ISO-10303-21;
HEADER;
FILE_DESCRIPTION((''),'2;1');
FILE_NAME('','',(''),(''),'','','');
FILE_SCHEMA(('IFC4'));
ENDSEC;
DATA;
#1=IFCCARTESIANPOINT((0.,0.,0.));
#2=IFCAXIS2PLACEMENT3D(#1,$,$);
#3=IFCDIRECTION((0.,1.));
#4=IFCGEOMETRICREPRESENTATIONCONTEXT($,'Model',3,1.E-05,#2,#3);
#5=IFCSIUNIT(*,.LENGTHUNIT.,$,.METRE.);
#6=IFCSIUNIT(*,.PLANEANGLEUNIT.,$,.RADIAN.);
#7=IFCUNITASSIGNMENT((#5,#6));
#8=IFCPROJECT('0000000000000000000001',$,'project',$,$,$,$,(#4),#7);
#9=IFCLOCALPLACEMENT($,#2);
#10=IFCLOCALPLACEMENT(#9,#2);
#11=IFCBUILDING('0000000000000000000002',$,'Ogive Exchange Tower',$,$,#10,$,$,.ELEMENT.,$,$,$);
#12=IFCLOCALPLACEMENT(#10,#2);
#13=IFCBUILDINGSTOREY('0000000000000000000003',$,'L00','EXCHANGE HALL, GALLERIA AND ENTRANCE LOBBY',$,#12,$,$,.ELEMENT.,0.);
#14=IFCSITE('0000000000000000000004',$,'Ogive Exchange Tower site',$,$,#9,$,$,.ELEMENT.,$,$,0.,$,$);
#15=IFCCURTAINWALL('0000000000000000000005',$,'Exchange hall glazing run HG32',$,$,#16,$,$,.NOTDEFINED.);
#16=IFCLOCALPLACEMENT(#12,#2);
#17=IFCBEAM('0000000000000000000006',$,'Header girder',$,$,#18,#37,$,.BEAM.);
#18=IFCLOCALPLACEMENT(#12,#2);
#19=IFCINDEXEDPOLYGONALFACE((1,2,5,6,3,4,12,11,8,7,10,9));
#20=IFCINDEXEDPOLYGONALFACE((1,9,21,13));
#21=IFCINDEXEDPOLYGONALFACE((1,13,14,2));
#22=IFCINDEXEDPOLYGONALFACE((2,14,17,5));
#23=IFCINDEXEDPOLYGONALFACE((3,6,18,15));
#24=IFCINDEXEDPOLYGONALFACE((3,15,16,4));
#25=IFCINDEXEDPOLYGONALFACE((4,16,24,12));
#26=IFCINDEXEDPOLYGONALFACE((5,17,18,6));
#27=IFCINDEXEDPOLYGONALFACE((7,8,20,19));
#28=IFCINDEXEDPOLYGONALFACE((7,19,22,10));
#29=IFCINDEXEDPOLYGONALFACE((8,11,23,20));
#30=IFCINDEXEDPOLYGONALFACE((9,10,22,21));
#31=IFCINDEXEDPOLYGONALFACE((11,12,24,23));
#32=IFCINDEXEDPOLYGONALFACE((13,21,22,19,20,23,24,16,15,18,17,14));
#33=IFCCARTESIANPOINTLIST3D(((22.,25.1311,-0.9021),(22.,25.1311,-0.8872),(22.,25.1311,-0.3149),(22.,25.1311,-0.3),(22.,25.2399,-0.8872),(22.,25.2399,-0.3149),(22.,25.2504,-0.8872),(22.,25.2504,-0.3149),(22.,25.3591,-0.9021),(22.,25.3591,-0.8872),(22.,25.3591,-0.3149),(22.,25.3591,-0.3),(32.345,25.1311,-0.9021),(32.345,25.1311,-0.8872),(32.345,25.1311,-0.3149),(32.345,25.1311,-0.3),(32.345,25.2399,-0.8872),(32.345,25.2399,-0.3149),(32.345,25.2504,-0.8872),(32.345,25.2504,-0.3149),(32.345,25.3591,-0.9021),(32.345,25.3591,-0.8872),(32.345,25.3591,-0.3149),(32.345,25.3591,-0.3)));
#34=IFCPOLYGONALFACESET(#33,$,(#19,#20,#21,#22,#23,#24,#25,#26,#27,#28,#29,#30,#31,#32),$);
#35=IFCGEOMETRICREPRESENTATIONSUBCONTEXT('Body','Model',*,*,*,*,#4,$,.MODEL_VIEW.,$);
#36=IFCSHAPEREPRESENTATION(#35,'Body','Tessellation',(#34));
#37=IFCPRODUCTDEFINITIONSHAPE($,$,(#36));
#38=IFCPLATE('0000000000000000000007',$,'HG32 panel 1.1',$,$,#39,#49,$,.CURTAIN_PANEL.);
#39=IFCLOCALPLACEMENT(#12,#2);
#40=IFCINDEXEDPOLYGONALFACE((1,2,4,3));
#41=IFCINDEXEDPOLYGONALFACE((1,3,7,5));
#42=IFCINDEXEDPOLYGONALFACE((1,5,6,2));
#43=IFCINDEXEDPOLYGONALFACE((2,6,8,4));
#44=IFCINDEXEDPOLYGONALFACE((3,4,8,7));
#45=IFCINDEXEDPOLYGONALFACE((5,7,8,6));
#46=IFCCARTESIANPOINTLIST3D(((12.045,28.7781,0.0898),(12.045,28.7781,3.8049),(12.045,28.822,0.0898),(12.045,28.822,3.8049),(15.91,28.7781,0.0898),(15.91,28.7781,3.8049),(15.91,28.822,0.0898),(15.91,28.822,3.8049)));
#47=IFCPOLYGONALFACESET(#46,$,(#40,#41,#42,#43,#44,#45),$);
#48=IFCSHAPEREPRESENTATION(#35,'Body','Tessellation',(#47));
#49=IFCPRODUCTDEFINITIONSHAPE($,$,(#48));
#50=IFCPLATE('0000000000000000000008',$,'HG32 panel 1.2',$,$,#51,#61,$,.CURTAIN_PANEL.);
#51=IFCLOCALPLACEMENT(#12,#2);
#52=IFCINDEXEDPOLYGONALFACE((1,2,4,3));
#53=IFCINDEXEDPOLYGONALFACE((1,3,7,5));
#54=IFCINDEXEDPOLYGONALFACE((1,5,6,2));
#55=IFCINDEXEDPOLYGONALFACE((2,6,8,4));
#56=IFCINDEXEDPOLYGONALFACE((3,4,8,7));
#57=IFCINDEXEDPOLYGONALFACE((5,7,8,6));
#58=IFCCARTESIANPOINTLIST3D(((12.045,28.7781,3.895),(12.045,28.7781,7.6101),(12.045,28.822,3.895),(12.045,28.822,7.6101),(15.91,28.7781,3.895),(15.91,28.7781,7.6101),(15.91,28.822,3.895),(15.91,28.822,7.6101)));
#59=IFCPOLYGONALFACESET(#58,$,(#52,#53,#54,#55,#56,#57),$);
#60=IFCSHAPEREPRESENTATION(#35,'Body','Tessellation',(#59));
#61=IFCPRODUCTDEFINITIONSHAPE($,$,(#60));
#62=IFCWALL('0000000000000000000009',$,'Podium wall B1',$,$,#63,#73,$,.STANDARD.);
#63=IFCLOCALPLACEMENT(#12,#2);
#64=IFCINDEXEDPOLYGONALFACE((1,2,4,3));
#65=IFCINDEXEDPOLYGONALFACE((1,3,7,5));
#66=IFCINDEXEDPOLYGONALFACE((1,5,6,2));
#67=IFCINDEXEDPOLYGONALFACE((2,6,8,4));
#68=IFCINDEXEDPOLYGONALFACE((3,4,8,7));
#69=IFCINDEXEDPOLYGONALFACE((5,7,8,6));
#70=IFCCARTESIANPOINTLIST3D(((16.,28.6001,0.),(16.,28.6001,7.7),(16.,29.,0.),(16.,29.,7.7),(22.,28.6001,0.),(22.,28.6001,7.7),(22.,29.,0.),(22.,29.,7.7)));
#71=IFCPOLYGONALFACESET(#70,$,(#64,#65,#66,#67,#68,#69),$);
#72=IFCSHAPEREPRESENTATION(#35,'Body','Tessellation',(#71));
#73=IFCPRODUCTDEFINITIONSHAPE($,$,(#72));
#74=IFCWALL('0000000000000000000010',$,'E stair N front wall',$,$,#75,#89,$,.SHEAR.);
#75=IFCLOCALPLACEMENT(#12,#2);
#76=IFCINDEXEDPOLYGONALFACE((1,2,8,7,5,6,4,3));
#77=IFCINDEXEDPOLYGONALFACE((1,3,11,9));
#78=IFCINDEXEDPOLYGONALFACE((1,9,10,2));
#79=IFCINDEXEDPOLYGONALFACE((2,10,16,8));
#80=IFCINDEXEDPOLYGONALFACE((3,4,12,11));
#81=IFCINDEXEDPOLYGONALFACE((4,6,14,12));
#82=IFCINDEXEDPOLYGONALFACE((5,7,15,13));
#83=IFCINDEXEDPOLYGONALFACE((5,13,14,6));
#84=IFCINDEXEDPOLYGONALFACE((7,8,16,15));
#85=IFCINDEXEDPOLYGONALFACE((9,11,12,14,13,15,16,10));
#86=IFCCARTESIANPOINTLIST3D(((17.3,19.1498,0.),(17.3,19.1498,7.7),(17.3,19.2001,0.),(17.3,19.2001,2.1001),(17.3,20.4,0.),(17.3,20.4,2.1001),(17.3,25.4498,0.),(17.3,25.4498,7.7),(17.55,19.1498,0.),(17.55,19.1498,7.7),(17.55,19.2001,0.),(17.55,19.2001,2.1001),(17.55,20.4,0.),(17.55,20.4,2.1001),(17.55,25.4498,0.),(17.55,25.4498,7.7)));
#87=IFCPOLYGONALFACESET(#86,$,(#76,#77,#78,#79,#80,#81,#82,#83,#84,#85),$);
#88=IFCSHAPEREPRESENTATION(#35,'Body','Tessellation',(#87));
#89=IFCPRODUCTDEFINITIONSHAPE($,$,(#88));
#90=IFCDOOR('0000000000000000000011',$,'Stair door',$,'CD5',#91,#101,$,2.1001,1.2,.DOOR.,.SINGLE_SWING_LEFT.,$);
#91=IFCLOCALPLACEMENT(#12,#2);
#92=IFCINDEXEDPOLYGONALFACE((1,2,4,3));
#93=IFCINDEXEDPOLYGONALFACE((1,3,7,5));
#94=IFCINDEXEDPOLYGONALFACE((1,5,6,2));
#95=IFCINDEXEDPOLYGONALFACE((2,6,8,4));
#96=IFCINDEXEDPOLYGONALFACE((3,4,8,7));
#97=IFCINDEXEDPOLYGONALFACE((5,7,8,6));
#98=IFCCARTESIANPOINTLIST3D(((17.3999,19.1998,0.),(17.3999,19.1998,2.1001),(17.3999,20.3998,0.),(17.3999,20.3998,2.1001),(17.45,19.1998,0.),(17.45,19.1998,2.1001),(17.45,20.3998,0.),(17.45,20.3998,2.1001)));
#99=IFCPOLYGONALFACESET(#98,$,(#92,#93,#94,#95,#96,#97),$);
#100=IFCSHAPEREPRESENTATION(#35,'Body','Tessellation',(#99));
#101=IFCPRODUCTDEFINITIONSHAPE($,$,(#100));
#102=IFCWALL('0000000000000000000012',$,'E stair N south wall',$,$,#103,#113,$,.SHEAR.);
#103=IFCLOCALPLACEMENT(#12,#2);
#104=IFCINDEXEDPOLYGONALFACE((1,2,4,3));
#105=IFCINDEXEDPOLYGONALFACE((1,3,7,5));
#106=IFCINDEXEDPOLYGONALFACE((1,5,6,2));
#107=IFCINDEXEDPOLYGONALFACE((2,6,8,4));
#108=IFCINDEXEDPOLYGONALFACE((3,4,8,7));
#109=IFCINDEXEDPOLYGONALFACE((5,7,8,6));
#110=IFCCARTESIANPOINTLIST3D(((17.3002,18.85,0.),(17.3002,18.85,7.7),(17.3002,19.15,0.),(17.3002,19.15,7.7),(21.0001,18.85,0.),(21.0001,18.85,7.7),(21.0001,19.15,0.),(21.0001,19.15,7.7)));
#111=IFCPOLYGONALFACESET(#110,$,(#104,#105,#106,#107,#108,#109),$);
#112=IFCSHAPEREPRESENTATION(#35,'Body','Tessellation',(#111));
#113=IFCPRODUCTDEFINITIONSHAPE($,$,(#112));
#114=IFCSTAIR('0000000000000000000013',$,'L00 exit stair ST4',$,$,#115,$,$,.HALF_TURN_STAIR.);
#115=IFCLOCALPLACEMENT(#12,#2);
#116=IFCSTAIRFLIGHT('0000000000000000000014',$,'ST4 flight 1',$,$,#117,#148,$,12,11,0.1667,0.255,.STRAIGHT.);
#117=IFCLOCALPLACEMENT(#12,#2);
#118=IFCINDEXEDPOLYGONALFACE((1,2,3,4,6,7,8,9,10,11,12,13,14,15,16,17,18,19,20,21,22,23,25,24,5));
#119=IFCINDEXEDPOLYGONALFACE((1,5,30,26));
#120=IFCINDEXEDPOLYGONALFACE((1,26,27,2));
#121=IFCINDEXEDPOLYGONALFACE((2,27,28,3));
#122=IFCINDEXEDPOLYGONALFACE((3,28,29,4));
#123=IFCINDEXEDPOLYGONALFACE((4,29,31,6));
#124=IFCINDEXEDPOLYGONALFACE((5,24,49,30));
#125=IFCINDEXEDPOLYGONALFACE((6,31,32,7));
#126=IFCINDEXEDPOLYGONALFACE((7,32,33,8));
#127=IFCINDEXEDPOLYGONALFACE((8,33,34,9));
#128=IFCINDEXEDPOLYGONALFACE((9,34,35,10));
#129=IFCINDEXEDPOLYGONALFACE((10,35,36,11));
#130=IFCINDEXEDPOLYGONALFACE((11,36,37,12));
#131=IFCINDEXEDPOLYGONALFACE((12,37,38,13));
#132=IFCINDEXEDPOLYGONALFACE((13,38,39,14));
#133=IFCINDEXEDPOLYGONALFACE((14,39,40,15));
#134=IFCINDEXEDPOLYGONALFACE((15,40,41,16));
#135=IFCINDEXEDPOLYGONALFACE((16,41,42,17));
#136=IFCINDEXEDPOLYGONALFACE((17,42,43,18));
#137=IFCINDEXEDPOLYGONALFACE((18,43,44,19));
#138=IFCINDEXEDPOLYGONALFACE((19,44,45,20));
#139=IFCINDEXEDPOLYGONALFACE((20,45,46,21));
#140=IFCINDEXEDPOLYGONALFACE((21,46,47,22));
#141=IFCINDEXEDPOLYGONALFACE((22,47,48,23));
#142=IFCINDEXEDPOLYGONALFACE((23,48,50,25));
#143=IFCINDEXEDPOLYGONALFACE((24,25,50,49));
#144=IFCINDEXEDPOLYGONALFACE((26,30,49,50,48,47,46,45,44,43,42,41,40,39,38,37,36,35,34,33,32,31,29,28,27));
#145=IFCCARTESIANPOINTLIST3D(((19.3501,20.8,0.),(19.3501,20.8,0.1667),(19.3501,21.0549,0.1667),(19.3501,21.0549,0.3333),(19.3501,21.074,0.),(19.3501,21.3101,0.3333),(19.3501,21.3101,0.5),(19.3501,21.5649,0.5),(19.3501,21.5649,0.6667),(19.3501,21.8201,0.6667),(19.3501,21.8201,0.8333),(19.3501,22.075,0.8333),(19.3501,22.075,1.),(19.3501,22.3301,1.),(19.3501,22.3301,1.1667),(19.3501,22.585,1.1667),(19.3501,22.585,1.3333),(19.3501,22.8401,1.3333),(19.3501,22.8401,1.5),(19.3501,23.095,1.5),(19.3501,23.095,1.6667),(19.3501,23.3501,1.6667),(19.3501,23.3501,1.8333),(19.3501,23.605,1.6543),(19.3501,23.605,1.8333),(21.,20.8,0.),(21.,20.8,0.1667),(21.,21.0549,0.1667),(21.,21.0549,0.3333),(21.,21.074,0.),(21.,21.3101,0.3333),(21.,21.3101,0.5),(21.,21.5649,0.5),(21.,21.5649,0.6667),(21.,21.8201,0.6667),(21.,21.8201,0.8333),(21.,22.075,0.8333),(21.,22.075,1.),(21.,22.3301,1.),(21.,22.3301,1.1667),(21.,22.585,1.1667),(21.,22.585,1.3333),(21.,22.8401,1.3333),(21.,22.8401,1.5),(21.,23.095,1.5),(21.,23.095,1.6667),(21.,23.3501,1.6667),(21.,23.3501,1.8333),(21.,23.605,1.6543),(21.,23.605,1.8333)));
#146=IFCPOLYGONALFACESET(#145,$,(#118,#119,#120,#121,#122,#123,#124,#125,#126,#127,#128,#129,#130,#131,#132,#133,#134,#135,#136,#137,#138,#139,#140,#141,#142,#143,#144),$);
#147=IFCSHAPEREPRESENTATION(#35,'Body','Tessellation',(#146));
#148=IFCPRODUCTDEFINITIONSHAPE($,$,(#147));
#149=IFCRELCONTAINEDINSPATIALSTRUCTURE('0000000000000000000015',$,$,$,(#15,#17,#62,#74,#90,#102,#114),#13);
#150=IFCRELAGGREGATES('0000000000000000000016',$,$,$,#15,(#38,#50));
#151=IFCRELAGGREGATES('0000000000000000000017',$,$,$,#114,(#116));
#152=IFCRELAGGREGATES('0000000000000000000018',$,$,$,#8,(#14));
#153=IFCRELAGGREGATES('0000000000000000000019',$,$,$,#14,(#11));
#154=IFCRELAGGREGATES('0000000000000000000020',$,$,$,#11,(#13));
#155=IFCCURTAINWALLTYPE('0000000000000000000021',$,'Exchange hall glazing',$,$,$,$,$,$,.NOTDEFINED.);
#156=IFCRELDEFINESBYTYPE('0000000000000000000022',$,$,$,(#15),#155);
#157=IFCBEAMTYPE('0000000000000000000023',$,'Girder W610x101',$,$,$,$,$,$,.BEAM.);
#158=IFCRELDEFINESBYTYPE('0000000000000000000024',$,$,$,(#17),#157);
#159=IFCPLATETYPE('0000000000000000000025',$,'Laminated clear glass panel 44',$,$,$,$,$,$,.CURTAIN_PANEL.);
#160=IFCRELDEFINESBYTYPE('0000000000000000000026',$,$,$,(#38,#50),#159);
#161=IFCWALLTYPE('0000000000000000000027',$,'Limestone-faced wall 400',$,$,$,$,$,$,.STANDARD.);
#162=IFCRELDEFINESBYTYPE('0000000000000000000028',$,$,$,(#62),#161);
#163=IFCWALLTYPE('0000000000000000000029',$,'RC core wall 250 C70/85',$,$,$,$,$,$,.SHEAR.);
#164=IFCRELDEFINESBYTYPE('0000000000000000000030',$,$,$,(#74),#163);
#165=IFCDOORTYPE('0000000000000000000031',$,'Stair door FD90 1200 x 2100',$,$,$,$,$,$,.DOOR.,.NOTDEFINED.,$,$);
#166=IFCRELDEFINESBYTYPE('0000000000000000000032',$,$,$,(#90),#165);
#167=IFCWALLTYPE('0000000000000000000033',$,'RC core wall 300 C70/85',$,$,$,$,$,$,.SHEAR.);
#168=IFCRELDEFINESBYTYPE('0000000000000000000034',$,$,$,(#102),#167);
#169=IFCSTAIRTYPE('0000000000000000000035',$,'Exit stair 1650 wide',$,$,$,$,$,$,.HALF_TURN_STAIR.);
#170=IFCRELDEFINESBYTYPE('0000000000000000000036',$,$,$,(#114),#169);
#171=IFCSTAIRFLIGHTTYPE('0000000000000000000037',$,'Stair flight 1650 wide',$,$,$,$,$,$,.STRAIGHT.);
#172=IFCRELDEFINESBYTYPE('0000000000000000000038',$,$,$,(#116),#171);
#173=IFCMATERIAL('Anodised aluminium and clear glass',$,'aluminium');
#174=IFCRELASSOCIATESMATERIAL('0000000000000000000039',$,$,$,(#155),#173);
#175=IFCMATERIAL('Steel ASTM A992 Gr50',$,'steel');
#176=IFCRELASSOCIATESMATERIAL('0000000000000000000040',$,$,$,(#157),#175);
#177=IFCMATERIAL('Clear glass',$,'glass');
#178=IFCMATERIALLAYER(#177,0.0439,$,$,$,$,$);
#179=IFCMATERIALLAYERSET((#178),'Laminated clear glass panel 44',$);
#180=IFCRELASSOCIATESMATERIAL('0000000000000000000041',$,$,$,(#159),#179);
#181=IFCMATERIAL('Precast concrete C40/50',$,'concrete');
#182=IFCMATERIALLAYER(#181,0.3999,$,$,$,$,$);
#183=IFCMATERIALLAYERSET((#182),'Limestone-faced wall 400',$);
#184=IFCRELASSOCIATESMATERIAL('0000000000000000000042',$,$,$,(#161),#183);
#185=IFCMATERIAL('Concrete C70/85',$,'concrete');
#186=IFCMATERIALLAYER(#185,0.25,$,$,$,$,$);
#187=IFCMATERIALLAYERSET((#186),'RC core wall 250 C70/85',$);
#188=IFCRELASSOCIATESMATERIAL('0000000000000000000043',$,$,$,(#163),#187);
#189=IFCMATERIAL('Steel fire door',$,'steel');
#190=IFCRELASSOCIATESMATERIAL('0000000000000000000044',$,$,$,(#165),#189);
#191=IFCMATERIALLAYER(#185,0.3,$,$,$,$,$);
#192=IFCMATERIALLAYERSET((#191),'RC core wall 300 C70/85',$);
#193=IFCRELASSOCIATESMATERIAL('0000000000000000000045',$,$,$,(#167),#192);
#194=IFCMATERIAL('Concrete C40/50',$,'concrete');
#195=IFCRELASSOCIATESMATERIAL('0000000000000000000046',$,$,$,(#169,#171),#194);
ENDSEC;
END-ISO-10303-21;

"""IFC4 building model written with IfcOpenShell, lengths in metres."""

from ifc_helpers import new_model, si_unit, direction, frame, frame_2d, origin, origin_2d, place, context, subcontext, project, spatial, polyline, rectangle, i_section, outline, extrude, material, layer, layer_set, material_profile, profile_set, type_object, element, fill, aggregate, save


model = new_model("IFC4")

# Units and contexts
model_context = context("Model", 3, precision=1e-05, world=origin(), true_north=direction((0.0, 1.0)))
body_context = subcontext(model_context, "Body", "Model", "MODEL_VIEW")
ifc_project = project(units=[si_unit("LENGTHUNIT", "METRE"), si_unit("PLANEANGLEUNIT", "RADIAN")], contexts=[model_context])

# Site, building, storey
site_placement = place(None, origin())
site = spatial("IfcSite", under=ifc_project, at=site_placement, Name="Ogive Exchange Tower site", CompositionType="ELEMENT", RefElevation=0.0)
building_placement = place(site_placement, origin())
building = spatial("IfcBuilding", under=site, at=building_placement, Name="Ogive Exchange Tower", CompositionType="ELEMENT")
storey_placement = place(building_placement, origin())
storey = spatial("IfcBuildingStorey", under=building, at=storey_placement, Name="L00", Description="EXCHANGE HALL, GALLERIA AND ENTRANCE LOBBY", CompositionType="ELEMENT", Elevation=0.0)

# Shared definitions
ifc_material_1 = material(Name="Concrete C70/85", Category="concrete")

# Curtain wall
ifc_material_2 = material(Name="Anodised aluminium and clear glass", Category="aluminium")
curtain_wall_type = type_object("IfcCurtainWallType", Name="Exchange hall glazing", PredefinedType="NOTDEFINED", material=ifc_material_2)
curtain_wall_placement = place(storey_placement, origin())
curtain_wall = element("IfcCurtainWall", 1, at=curtain_wall_placement, inside=storey, type_object=curtain_wall_type, Name="Exchange hall glazing run HG32", PredefinedType="NOTDEFINED")

# Beam
ifc_material_3 = material(Name="Steel ASTM A992 Gr50", Category="steel")
ifc_material_profile_1 = material_profile(ifc_material_3, i_section(OverallWidth=0.228, OverallDepth=0.6021, WebThickness=0.0105, FlangeThickness=0.0149, at=origin_2d()), Name="W610x101")
ifc_profile_set_1 = profile_set([ifc_material_profile_1], Name="Steel ASTM A992 Gr50")
beam_type_1 = type_object("IfcBeamType", Name="Girder W610x101", PredefinedType="BEAM", material=ifc_profile_set_1)
beam_1_placement = place(storey_placement, frame((22.0, 25.2451, -0.6011), z_axis=(1.0, 0.0, 0.0), x_axis=(0.0, 1.0, 0.0)))
element("IfcBeam", 2, at=beam_1_placement, inside=storey, type_object=beam_type_1, Name="Header girder", PredefinedType="BEAM", context=body_context, shape_type="SweptSolid", body=[
    extrude(i_section(OverallWidth=0.228, OverallDepth=0.6021, WebThickness=0.0105, FlangeThickness=0.0149, at=origin_2d()), origin(), (0.0, 0.0, 1.0), 10.345),
])

# Plates
ifc_material_4 = material(Name="Clear glass", Category="glass")
ifc_layer_1 = layer(ifc_material_4, 0.0439)
ifc_layer_set_1 = layer_set([ifc_layer_1], Name="Laminated clear glass panel 44")
plate_type = type_object("IfcPlateType", Name="Laminated clear glass panel 44", PredefinedType="CURTAIN_PANEL", material=ifc_layer_set_1)
plate_1_placement = place(storey_placement, frame((13.9775, 28.8, 0.0898), z_axis=(0.0, 0.0, 1.0), x_axis=(-1.0, 0.0, 0.0)))
plate_1 = element("IfcPlate", 3, at=plate_1_placement, type_object=plate_type, Name="HG32 panel 1.1", PredefinedType="CURTAIN_PANEL", context=body_context, shape_type="SweptSolid", body=[
    extrude(rectangle(XDim=3.865, YDim=0.0439, at=origin_2d()), origin(), (0.0, 0.0, 1.0), 3.7151),
])
plate_2_placement = place(storey_placement, frame((13.9775, 28.8, 3.895), z_axis=(0.0, 0.0, 1.0), x_axis=(-1.0, 0.0, 0.0)))
plate_2 = element("IfcPlate", 4, at=plate_2_placement, type_object=plate_type, Name="HG32 panel 1.2", PredefinedType="CURTAIN_PANEL", context=body_context, shape_type="SweptSolid", body=[
    extrude(rectangle(XDim=3.865, YDim=0.0439, at=origin_2d()), origin(), (0.0, 0.0, 1.0), 3.7151),
])
aggregate(curtain_wall, [plate_1, plate_2])

# Wall
ifc_material_5 = material(Name="Precast concrete C40/50", Category="concrete")
ifc_layer_2 = layer(ifc_material_5, 0.3999)
ifc_layer_set_2 = layer_set([ifc_layer_2], Name="Limestone-faced wall 400")
wall_type_1 = type_object("IfcWallType", Name="Limestone-faced wall 400", PredefinedType="STANDARD", material=ifc_layer_set_2)
wall_1_placement = place(storey_placement, frame((22.0, 28.8, 0.0), z_axis=(0.0, 0.0, 1.0), x_axis=(-1.0, 0.0, 0.0)))
element("IfcWall", 5, at=wall_1_placement, inside=storey, type_object=wall_type_1, Name="Podium wall B1", PredefinedType="STANDARD", context=body_context, shape_type="SweptSolid", body=[
    extrude(rectangle(XDim=6.0, YDim=0.3999, at=frame_2d((3.0, 0.0))), origin(), (0.0, 0.0, 1.0), 7.7),
])

# Wall, opening, door
ifc_layer_3 = layer(ifc_material_1, 0.25)
ifc_layer_set_3 = layer_set([ifc_layer_3], Name="RC core wall 250 C70/85")
wall_type_2 = type_object("IfcWallType", Name="RC core wall 250 C70/85", PredefinedType="SHEAR", material=ifc_layer_set_3)
wall_2_placement = place(storey_placement, frame((17.425, 19.1499, 0.0), z_axis=(0.0, 0.0, 1.0), x_axis=(0.0, 1.0, 0.0)))
wall_2 = element("IfcWall", 6, at=wall_2_placement, inside=storey, type_object=wall_type_2, Name="E stair N front wall", PredefinedType="SHEAR", context=body_context, shape_type="SweptSolid", body=[
    extrude(rectangle(XDim=6.3, YDim=0.25, at=frame_2d((3.1499, 0.0))), origin(), (0.0, 0.0, 1.0), 7.7),
])
opening_placement = place(wall_2_placement, frame((0.05, 0.0, 0.0)))
opening = element("IfcOpeningElement", 7, at=opening_placement, cuts=wall_2, PredefinedType="OPENING", context=body_context, shape_type="SweptSolid", body=[
    extrude(rectangle(XDim=1.2, YDim=2.1001, at=frame_2d((0.6001, 1.05))), frame((0.0, 0.135, 0.0), z_axis=(0.0, -1.0, 0.0), x_axis=(1.0, 0.0, 0.0)), (0.0, 0.0, 1.0), 0.27),
])
ifc_material_6 = material(Name="Steel fire door", Category="steel")
door_type = type_object("IfcDoorType", Name="Stair door FD90 1200 x 2100", OperationType="NOTDEFINED", PredefinedType="DOOR", material=ifc_material_6)
door_placement = place(opening_placement, frame((1.2, 0.0, 0.0), z_axis=(0.0, 0.0, 1.0), x_axis=(-1.0, 0.0, 0.0)))
door = element("IfcDoor", 8, at=door_placement, inside=storey, type_object=door_type, Name="Stair door", ObjectType="CD5", OperationType="SINGLE_SWING_LEFT", OverallHeight=2.1001, OverallWidth=1.2, PredefinedType="DOOR", context=body_context, shape_type="SweptSolid", body=[
    extrude(rectangle(XDim=1.2, YDim=2.1001, at=frame_2d((0.6001, 1.05))), frame((0.0, 0.0249, 0.0), z_axis=(0.0, -1.0, 0.0), x_axis=(1.0, 0.0, 0.0)), (0.0, 0.0, 1.0), 0.05),
])
fill(opening, door)

# Wall
ifc_layer_4 = layer(ifc_material_1, 0.3)
ifc_layer_set_4 = layer_set([ifc_layer_4], Name="RC core wall 300 C70/85")
wall_type_3 = type_object("IfcWallType", Name="RC core wall 300 C70/85", PredefinedType="SHEAR", material=ifc_layer_set_4)
wall_3_placement = place(storey_placement, frame((17.3, 19.0, 0.0), z_axis=(0.0, 0.0, 1.0), x_axis=(1.0, 0.0, 0.0)))
element("IfcWall", 9, at=wall_3_placement, inside=storey, type_object=wall_type_3, Name="E stair N south wall", PredefinedType="SHEAR", context=body_context, shape_type="SweptSolid", body=[
    extrude(rectangle(XDim=3.7, YDim=0.3, at=frame_2d((1.8501, 0.0))), origin(), (0.0, 0.0, 1.0), 7.7),
])

# Stair, stair flight
ifc_material_7 = material(Name="Concrete C40/50", Category="concrete")
stair_type = type_object("IfcStairType", Name="Exit stair 1650 wide", PredefinedType="HALF_TURN_STAIR", material=ifc_material_7)
stair_placement = place(storey_placement, origin())
stair = element("IfcStair", 10, at=stair_placement, inside=storey, type_object=stair_type, Name="L00 exit stair ST4", PredefinedType="HALF_TURN_STAIR")
stair_flight_type = type_object("IfcStairFlightType", Name="Stair flight 1650 wide", PredefinedType="STRAIGHT", material=ifc_material_7)
stair_flight_1_placement = place(storey_placement, frame((20.175, 20.8, 0.0), z_axis=(0.0, 0.0, 1.0), x_axis=(0.0, 1.0, 0.0)))
stair_flight_1 = element("IfcStairFlight", 11, at=stair_flight_1_placement, type_object=stair_flight_type, Name="ST4 flight 1", NumberOfRisers=12, NumberOfTreads=11, PredefinedType="STRAIGHT", RiserHeight=0.1667, TreadLength=0.255, context=body_context, shape_type="SweptSolid", body=[
    extrude(outline(polyline([(0.0, 0.0), (0.0, 0.1667), (0.2549, 0.1667), (0.2549, 0.3333), (0.51, 0.3333), (0.51, 0.5), (0.7649, 0.5), (0.7649, 0.6667), (1.02, 0.6667), (1.02, 0.8333), (1.2749, 0.8333), (1.2749, 1.0), (1.53, 1.0), (1.53, 1.1667), (1.7849, 1.1667), (1.7849, 1.3333), (2.04, 1.3333), (2.04, 1.5), (2.2949, 1.5), (2.2949, 1.6667), (2.55, 1.6667), (2.55, 1.8333), (2.8049, 1.8333), (2.8049, 2.0), (2.8049, 1.6543), (0.2739, 0.0), (0.0, 0.0)])), frame((0.0, 0.825, 0.0), z_axis=(0.0, -1.0, 0.0), x_axis=(1.0, 0.0, 0.0)), (0.0, 0.0, 1.0), 1.6499),
])
aggregate(stair, [stair_flight_1])

save(model, "model.ifc")
